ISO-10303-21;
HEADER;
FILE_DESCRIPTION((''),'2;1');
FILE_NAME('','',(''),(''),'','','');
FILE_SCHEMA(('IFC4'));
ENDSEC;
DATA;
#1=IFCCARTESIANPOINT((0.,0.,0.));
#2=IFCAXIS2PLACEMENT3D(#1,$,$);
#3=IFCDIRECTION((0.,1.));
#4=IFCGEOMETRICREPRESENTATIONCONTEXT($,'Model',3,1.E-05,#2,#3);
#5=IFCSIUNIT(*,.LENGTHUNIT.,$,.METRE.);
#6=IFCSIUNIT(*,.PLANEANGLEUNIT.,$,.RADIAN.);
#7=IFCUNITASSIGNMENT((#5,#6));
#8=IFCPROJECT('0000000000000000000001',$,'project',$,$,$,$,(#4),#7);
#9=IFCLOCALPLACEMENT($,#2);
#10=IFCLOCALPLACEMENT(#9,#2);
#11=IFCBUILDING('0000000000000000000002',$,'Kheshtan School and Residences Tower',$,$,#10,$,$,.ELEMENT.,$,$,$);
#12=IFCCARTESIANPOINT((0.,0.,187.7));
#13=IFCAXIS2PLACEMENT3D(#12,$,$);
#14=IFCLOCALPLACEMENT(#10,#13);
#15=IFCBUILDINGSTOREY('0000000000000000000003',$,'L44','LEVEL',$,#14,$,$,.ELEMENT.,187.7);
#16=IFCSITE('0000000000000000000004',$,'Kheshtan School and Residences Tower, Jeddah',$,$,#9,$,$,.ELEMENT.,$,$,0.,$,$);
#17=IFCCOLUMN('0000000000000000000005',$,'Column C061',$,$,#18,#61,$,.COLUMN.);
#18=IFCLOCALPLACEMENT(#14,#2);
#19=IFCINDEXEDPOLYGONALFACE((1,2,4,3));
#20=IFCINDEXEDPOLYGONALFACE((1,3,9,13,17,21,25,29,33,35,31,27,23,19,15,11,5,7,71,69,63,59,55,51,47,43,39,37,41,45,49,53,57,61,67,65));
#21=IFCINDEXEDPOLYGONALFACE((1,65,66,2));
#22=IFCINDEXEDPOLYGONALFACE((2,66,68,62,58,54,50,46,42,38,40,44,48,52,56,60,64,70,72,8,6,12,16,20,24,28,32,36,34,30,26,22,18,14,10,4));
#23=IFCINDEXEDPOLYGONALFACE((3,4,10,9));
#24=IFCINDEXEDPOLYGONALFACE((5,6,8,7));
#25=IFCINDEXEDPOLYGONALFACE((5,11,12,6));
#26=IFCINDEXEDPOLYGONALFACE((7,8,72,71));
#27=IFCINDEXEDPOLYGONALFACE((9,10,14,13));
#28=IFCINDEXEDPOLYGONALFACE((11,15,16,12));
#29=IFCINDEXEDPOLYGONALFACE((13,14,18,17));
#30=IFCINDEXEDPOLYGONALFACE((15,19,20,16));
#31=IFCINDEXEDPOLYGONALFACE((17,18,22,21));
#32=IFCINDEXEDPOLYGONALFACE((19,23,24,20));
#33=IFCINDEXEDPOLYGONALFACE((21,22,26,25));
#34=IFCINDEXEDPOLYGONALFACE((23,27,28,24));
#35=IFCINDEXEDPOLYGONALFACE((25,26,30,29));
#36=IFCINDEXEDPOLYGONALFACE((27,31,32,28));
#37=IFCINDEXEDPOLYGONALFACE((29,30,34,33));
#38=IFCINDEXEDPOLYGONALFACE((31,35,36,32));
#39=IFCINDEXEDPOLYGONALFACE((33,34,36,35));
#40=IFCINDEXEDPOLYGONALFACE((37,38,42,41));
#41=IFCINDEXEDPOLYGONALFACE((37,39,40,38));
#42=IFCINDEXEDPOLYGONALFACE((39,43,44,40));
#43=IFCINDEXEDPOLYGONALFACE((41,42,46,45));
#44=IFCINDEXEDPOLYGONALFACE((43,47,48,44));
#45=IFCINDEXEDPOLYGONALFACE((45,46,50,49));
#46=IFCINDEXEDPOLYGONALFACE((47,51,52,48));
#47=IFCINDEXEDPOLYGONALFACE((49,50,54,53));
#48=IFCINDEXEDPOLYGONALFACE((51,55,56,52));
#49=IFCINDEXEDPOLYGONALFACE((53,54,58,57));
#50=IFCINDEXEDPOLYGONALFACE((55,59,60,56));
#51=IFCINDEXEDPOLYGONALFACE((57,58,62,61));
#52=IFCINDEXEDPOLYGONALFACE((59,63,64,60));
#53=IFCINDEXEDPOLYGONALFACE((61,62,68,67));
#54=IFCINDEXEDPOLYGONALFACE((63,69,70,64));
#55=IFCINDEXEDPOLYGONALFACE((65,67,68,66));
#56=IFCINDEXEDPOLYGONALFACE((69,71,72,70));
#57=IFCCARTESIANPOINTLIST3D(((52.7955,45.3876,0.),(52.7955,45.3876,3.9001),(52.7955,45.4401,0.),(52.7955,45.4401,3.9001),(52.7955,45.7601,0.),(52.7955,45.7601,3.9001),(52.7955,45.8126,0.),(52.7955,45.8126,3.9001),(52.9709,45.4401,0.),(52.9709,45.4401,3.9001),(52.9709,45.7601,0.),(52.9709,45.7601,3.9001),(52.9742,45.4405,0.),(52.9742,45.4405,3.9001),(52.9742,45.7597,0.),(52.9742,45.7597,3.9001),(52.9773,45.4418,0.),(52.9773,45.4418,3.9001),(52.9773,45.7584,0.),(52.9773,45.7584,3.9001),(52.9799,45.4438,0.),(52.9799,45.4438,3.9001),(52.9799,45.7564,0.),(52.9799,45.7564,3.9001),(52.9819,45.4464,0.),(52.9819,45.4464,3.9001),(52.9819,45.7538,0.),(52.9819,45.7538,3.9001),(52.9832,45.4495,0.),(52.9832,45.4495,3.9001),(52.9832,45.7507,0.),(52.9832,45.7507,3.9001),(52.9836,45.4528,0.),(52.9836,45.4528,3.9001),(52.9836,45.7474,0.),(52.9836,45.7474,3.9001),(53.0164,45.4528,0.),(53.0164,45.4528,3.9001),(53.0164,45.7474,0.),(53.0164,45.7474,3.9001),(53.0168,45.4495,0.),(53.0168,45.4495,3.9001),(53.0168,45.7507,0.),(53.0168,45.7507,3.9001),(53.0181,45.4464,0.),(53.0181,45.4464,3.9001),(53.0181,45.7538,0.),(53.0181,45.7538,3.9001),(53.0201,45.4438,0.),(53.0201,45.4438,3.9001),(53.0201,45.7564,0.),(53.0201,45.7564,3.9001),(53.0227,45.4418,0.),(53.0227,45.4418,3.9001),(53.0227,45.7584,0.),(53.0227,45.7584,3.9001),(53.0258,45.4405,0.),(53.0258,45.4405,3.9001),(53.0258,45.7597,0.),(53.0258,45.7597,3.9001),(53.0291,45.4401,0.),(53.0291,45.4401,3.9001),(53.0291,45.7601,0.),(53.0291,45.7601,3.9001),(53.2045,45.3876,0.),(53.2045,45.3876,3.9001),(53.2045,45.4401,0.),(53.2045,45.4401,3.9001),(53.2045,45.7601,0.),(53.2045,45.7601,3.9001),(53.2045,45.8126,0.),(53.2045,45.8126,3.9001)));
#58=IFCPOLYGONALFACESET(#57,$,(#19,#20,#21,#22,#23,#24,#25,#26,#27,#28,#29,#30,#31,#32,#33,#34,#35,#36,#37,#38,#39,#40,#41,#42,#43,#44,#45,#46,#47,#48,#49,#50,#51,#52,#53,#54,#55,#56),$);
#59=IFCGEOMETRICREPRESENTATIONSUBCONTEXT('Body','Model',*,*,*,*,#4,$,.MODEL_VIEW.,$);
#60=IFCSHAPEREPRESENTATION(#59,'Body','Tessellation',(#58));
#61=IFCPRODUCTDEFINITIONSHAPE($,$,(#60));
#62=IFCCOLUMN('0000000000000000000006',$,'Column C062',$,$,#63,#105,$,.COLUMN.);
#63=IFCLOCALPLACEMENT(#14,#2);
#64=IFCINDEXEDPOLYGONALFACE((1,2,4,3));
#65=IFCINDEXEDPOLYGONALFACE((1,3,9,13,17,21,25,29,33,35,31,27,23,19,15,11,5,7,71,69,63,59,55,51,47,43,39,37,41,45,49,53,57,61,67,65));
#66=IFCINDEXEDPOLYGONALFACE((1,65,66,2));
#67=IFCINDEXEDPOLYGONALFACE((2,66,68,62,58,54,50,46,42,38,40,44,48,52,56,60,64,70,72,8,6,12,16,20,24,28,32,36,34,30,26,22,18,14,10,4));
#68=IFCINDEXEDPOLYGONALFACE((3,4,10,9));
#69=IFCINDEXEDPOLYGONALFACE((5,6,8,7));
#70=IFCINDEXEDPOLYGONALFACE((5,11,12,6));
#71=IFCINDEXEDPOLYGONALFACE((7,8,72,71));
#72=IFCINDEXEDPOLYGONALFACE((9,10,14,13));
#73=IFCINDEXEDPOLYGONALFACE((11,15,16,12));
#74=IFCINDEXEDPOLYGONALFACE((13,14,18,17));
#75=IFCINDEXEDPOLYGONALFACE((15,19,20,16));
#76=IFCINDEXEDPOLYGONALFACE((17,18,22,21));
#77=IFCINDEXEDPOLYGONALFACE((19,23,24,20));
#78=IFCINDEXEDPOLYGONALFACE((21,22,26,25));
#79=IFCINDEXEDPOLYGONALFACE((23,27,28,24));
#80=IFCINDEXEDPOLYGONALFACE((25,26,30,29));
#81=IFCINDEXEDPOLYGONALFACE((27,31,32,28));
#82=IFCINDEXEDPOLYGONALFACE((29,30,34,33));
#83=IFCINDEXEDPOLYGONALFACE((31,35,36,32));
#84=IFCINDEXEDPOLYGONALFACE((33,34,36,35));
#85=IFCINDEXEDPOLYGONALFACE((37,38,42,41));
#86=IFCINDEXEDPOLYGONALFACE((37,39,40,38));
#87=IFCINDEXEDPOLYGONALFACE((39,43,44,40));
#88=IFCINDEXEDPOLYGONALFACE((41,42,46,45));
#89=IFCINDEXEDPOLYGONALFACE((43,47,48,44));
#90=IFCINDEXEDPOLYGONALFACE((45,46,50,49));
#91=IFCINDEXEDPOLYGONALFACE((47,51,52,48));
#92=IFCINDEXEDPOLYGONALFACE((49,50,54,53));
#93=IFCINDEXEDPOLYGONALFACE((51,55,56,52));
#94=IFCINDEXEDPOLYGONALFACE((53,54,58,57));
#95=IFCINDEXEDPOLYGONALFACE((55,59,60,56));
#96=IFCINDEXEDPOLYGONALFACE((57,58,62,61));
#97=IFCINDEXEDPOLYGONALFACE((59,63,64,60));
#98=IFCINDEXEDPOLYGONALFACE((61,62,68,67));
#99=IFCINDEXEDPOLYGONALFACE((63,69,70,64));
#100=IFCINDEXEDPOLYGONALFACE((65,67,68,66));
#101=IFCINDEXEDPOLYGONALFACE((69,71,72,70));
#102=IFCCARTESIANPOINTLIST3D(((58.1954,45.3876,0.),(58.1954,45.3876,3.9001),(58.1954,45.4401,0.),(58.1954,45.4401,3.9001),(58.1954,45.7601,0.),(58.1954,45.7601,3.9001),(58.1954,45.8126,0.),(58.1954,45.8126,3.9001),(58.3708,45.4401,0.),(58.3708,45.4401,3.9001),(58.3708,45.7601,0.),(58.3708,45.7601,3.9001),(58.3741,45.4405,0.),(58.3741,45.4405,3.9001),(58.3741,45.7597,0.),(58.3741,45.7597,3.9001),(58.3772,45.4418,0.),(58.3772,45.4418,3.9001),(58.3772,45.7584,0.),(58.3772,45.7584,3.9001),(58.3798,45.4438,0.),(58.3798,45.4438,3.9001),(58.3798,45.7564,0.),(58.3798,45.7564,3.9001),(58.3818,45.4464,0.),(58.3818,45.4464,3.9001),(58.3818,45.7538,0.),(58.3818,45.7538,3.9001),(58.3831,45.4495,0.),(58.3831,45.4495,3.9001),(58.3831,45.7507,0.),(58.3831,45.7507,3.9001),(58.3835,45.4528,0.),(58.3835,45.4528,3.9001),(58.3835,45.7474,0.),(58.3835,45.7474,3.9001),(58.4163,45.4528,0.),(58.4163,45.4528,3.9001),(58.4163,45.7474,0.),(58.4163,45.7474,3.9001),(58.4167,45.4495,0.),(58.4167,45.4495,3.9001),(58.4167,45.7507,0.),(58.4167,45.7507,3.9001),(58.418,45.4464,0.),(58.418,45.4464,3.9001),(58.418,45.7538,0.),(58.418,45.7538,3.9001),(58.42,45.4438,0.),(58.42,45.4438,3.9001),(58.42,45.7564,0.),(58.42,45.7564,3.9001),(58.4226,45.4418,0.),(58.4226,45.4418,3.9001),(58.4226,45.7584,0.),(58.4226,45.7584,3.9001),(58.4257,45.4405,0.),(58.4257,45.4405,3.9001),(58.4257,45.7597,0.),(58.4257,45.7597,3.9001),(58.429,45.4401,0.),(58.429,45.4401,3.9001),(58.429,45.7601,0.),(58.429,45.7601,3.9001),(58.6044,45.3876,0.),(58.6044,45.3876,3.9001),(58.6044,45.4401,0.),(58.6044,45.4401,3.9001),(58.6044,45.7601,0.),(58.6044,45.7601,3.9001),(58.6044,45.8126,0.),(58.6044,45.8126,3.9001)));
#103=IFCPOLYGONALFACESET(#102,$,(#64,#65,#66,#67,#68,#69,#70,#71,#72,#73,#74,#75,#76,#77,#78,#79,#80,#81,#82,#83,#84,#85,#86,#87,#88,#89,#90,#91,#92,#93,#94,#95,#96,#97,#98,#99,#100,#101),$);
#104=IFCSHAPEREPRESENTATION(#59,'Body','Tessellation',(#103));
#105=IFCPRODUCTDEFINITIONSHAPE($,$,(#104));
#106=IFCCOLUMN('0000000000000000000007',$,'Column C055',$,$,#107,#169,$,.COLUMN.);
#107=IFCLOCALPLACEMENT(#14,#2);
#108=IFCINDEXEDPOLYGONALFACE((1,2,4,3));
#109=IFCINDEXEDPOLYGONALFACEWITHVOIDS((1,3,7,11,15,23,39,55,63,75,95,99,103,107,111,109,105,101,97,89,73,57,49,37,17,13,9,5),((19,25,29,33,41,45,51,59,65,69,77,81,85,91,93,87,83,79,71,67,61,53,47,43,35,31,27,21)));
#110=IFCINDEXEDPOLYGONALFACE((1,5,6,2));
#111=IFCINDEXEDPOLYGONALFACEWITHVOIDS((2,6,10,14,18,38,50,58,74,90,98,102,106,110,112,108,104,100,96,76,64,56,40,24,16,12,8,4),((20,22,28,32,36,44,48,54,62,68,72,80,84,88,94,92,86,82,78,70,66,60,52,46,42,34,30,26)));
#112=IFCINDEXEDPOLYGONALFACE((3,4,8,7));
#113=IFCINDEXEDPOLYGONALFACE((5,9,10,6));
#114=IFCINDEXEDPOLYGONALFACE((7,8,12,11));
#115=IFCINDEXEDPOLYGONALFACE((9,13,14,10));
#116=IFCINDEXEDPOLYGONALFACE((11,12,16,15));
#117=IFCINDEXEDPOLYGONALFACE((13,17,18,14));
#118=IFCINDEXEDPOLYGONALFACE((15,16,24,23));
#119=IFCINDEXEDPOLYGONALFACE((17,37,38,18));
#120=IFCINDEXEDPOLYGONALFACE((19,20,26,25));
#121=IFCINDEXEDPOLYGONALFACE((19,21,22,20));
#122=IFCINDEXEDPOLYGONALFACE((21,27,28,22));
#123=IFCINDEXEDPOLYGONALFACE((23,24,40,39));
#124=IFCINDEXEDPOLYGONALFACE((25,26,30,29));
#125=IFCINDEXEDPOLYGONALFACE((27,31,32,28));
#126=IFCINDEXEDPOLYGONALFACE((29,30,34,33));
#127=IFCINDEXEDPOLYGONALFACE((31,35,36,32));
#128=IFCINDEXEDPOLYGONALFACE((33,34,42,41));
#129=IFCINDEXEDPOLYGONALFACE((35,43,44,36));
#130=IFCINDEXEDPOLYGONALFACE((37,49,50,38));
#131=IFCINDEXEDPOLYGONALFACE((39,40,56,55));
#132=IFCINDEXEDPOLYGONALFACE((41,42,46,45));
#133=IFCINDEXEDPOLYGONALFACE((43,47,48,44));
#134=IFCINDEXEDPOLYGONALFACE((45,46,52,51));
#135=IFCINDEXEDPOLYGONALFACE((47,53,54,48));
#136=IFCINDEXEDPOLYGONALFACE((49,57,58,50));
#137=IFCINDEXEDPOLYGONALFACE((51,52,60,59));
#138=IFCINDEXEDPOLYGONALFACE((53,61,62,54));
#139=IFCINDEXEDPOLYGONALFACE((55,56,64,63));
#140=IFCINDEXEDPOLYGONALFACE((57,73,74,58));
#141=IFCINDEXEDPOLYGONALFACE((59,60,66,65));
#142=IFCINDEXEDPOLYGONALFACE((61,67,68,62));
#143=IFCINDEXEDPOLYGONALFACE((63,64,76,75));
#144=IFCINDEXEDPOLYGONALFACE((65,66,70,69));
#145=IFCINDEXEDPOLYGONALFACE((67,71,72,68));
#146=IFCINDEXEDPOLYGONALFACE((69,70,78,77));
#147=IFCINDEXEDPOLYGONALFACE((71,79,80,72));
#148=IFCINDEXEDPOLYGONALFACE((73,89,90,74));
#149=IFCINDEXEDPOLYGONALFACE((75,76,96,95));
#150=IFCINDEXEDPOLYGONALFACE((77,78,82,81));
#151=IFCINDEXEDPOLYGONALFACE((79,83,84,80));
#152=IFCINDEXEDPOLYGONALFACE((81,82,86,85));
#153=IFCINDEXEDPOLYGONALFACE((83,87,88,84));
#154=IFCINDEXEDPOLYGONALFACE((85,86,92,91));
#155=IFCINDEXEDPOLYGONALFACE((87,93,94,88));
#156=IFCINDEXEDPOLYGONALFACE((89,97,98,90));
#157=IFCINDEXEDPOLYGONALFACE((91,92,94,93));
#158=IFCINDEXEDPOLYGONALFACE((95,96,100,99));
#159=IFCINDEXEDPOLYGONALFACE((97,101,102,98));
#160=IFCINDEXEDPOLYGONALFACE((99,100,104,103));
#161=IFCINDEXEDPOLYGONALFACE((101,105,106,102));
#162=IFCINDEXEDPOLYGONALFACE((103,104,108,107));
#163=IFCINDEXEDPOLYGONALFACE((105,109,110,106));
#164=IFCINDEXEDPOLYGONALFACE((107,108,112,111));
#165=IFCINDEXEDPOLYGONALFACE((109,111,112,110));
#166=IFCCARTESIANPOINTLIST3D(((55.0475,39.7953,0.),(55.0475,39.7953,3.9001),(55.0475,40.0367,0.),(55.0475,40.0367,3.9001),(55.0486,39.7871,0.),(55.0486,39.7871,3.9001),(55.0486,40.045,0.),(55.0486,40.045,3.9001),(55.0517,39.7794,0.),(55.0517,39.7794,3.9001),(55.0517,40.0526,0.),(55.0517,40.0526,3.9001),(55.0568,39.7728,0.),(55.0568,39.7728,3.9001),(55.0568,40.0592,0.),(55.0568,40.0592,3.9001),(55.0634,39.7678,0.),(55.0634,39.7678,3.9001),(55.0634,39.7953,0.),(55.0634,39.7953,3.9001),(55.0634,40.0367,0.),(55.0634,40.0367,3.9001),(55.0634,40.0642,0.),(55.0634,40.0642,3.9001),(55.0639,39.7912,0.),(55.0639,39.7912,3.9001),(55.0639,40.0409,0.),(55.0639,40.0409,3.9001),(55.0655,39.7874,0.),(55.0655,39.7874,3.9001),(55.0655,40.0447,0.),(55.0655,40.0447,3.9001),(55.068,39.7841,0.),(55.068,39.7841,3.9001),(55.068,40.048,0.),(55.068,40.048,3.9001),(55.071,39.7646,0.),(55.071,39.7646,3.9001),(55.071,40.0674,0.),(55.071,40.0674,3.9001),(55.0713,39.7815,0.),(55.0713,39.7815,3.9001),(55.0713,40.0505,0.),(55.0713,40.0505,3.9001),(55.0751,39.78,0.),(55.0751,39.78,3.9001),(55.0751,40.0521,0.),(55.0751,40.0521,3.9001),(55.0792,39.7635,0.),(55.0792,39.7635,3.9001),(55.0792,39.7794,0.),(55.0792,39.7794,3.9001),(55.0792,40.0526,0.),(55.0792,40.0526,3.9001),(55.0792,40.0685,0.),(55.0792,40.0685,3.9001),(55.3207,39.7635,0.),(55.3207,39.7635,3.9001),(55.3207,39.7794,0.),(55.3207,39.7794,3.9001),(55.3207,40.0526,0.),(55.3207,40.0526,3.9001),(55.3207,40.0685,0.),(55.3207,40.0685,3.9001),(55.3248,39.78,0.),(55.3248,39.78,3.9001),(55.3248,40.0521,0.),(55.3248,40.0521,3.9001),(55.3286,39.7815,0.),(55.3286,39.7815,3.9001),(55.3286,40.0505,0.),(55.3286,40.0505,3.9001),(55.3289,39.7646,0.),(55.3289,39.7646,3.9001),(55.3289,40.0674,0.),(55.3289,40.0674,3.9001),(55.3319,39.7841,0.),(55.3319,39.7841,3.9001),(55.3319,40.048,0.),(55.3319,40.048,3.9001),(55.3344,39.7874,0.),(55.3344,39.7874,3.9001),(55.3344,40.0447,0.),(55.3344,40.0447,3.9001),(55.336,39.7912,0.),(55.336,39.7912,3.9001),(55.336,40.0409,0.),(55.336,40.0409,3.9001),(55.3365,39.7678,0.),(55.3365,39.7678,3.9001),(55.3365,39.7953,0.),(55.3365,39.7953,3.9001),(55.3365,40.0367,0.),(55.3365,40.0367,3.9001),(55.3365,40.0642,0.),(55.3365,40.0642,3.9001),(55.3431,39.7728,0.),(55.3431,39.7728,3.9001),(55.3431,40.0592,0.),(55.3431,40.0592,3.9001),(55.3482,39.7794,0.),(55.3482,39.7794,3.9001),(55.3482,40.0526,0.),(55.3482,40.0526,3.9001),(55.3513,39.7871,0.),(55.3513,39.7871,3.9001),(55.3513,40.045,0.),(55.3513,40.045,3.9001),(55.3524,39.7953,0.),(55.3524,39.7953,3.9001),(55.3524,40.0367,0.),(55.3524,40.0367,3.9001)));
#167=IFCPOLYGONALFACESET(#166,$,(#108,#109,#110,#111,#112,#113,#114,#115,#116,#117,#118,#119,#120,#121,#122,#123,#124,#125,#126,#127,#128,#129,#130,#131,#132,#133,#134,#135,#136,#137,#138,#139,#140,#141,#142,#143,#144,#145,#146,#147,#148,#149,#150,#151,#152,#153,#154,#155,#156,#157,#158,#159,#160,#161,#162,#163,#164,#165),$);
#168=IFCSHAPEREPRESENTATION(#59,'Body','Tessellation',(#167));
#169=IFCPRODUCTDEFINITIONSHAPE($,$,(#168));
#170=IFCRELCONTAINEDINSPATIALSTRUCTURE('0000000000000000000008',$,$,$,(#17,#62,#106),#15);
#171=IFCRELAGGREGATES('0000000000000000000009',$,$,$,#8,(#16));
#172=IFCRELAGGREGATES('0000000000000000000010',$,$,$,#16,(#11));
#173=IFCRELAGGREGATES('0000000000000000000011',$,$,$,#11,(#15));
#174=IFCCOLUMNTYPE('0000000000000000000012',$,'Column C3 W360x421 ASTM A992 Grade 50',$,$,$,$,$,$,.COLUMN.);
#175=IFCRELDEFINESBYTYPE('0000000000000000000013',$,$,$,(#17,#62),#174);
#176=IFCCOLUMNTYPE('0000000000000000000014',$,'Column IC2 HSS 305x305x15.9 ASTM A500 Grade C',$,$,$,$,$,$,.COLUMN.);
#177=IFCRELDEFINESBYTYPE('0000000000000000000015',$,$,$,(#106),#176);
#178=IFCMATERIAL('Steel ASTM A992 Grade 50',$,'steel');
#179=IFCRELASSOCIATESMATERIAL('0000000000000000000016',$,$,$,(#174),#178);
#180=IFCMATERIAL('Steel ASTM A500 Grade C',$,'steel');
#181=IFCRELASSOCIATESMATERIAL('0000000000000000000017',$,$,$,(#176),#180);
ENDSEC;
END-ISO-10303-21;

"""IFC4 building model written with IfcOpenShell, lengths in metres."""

from ifc_helpers import new_model, si_unit, direction, frame, origin, origin_2d, place, context, subcontext, project, spatial, hollow_rectangle, i_section, extrude, material, material_profile, profile_set, type_object, element, save


model = new_model("IFC4")

# Units and contexts
model_context = context("Model", 3, precision=1e-05, world=origin(), true_north=direction((0.0, 1.0)))
body_context = subcontext(model_context, "Body", "Model", "MODEL_VIEW")
ifc_project = project(units=[si_unit("LENGTHUNIT", "METRE"), si_unit("PLANEANGLEUNIT", "RADIAN")], contexts=[model_context])

# Site, building, storey
site_placement = place(None, origin())
site = spatial("IfcSite", under=ifc_project, at=site_placement, Name="Kheshtan School and Residences Tower, Jeddah", CompositionType="ELEMENT", RefElevation=0.0)
building_placement = place(site_placement, origin())
building = spatial("IfcBuilding", under=site, at=building_placement, Name="Kheshtan School and Residences Tower", CompositionType="ELEMENT")
storey_placement = place(building_placement, frame((0.0, 0.0, 187.7)))
storey = spatial("IfcBuildingStorey", under=building, at=storey_placement, Name="L44", Description="LEVEL", CompositionType="ELEMENT", Elevation=187.7)

# Columns
ifc_material_1 = material(Name="Steel ASTM A992 Grade 50", Category="steel")
ifc_material_profile_1 = material_profile(ifc_material_1, i_section(OverallWidth=0.4089, OverallDepth=0.425, WebThickness=0.0327, FlangeThickness=0.0525, FilletRadius=0.0127, at=origin_2d()), Name="W360x421")
ifc_profile_set_1 = profile_set([ifc_material_profile_1], Name="Steel ASTM A992 Grade 50")
column_type_1 = type_object("IfcColumnType", Name="Column C3 W360x421 ASTM A992 Grade 50", PredefinedType="COLUMN", material=ifc_profile_set_1)
for number, where, z_axis, x_axis, name in (
    (1, (53.0, 45.6001, 0.0), (0.0, 0.0, 1.0), (1.0, 0.0, 0.0), "Column C061"),
    (2, (58.3999, 45.6001, 0.0), (0.0, 0.0, 1.0), (1.0, 0.0, 0.0), "Column C062"),
):
    element("IfcColumn", number, at=place(storey_placement, frame(where, z_axis=z_axis, x_axis=x_axis)), inside=storey, type_object=column_type_1, Name=name, PredefinedType="COLUMN", context=body_context, shape_type="SweptSolid", body=[
        extrude(i_section(OverallWidth=0.4089, OverallDepth=0.425, WebThickness=0.0327, FlangeThickness=0.0525, FilletRadius=0.0127, at=origin_2d()), origin(), (0.0, 0.0, 1.0), 3.9001),
    ])
ifc_material_2 = material(Name="Steel ASTM A500 Grade C", Category="steel")
ifc_material_profile_2 = material_profile(ifc_material_2, hollow_rectangle(XDim=0.3049, YDim=0.3049, WallThickness=0.0159, InnerFilletRadius=0.0159, OuterFilletRadius=0.0317, at=origin_2d()), Name="HSS 305x305x15.9")
ifc_profile_set_2 = profile_set([ifc_material_profile_2], Name="Steel ASTM A500 Grade C")
column_type_2 = type_object("IfcColumnType", Name="Column IC2 HSS 305x305x15.9 ASTM A500 Grade C", PredefinedType="COLUMN", material=ifc_profile_set_2)
column_placement = place(storey_placement, frame((55.2, 39.916, 0.0), z_axis=(0.0, 0.0, 1.0), x_axis=(1.0, 0.0, 0.0)))
element("IfcColumn", 3, at=column_placement, inside=storey, type_object=column_type_2, Name="Column C055", PredefinedType="COLUMN", context=body_context, shape_type="SweptSolid", body=[
    extrude(hollow_rectangle(XDim=0.3049, YDim=0.3049, WallThickness=0.0159, InnerFilletRadius=0.0159, OuterFilletRadius=0.0317, at=origin_2d()), origin(), (0.0, 0.0, 1.0), 3.9001),
])

save(model, "model.ifc")
